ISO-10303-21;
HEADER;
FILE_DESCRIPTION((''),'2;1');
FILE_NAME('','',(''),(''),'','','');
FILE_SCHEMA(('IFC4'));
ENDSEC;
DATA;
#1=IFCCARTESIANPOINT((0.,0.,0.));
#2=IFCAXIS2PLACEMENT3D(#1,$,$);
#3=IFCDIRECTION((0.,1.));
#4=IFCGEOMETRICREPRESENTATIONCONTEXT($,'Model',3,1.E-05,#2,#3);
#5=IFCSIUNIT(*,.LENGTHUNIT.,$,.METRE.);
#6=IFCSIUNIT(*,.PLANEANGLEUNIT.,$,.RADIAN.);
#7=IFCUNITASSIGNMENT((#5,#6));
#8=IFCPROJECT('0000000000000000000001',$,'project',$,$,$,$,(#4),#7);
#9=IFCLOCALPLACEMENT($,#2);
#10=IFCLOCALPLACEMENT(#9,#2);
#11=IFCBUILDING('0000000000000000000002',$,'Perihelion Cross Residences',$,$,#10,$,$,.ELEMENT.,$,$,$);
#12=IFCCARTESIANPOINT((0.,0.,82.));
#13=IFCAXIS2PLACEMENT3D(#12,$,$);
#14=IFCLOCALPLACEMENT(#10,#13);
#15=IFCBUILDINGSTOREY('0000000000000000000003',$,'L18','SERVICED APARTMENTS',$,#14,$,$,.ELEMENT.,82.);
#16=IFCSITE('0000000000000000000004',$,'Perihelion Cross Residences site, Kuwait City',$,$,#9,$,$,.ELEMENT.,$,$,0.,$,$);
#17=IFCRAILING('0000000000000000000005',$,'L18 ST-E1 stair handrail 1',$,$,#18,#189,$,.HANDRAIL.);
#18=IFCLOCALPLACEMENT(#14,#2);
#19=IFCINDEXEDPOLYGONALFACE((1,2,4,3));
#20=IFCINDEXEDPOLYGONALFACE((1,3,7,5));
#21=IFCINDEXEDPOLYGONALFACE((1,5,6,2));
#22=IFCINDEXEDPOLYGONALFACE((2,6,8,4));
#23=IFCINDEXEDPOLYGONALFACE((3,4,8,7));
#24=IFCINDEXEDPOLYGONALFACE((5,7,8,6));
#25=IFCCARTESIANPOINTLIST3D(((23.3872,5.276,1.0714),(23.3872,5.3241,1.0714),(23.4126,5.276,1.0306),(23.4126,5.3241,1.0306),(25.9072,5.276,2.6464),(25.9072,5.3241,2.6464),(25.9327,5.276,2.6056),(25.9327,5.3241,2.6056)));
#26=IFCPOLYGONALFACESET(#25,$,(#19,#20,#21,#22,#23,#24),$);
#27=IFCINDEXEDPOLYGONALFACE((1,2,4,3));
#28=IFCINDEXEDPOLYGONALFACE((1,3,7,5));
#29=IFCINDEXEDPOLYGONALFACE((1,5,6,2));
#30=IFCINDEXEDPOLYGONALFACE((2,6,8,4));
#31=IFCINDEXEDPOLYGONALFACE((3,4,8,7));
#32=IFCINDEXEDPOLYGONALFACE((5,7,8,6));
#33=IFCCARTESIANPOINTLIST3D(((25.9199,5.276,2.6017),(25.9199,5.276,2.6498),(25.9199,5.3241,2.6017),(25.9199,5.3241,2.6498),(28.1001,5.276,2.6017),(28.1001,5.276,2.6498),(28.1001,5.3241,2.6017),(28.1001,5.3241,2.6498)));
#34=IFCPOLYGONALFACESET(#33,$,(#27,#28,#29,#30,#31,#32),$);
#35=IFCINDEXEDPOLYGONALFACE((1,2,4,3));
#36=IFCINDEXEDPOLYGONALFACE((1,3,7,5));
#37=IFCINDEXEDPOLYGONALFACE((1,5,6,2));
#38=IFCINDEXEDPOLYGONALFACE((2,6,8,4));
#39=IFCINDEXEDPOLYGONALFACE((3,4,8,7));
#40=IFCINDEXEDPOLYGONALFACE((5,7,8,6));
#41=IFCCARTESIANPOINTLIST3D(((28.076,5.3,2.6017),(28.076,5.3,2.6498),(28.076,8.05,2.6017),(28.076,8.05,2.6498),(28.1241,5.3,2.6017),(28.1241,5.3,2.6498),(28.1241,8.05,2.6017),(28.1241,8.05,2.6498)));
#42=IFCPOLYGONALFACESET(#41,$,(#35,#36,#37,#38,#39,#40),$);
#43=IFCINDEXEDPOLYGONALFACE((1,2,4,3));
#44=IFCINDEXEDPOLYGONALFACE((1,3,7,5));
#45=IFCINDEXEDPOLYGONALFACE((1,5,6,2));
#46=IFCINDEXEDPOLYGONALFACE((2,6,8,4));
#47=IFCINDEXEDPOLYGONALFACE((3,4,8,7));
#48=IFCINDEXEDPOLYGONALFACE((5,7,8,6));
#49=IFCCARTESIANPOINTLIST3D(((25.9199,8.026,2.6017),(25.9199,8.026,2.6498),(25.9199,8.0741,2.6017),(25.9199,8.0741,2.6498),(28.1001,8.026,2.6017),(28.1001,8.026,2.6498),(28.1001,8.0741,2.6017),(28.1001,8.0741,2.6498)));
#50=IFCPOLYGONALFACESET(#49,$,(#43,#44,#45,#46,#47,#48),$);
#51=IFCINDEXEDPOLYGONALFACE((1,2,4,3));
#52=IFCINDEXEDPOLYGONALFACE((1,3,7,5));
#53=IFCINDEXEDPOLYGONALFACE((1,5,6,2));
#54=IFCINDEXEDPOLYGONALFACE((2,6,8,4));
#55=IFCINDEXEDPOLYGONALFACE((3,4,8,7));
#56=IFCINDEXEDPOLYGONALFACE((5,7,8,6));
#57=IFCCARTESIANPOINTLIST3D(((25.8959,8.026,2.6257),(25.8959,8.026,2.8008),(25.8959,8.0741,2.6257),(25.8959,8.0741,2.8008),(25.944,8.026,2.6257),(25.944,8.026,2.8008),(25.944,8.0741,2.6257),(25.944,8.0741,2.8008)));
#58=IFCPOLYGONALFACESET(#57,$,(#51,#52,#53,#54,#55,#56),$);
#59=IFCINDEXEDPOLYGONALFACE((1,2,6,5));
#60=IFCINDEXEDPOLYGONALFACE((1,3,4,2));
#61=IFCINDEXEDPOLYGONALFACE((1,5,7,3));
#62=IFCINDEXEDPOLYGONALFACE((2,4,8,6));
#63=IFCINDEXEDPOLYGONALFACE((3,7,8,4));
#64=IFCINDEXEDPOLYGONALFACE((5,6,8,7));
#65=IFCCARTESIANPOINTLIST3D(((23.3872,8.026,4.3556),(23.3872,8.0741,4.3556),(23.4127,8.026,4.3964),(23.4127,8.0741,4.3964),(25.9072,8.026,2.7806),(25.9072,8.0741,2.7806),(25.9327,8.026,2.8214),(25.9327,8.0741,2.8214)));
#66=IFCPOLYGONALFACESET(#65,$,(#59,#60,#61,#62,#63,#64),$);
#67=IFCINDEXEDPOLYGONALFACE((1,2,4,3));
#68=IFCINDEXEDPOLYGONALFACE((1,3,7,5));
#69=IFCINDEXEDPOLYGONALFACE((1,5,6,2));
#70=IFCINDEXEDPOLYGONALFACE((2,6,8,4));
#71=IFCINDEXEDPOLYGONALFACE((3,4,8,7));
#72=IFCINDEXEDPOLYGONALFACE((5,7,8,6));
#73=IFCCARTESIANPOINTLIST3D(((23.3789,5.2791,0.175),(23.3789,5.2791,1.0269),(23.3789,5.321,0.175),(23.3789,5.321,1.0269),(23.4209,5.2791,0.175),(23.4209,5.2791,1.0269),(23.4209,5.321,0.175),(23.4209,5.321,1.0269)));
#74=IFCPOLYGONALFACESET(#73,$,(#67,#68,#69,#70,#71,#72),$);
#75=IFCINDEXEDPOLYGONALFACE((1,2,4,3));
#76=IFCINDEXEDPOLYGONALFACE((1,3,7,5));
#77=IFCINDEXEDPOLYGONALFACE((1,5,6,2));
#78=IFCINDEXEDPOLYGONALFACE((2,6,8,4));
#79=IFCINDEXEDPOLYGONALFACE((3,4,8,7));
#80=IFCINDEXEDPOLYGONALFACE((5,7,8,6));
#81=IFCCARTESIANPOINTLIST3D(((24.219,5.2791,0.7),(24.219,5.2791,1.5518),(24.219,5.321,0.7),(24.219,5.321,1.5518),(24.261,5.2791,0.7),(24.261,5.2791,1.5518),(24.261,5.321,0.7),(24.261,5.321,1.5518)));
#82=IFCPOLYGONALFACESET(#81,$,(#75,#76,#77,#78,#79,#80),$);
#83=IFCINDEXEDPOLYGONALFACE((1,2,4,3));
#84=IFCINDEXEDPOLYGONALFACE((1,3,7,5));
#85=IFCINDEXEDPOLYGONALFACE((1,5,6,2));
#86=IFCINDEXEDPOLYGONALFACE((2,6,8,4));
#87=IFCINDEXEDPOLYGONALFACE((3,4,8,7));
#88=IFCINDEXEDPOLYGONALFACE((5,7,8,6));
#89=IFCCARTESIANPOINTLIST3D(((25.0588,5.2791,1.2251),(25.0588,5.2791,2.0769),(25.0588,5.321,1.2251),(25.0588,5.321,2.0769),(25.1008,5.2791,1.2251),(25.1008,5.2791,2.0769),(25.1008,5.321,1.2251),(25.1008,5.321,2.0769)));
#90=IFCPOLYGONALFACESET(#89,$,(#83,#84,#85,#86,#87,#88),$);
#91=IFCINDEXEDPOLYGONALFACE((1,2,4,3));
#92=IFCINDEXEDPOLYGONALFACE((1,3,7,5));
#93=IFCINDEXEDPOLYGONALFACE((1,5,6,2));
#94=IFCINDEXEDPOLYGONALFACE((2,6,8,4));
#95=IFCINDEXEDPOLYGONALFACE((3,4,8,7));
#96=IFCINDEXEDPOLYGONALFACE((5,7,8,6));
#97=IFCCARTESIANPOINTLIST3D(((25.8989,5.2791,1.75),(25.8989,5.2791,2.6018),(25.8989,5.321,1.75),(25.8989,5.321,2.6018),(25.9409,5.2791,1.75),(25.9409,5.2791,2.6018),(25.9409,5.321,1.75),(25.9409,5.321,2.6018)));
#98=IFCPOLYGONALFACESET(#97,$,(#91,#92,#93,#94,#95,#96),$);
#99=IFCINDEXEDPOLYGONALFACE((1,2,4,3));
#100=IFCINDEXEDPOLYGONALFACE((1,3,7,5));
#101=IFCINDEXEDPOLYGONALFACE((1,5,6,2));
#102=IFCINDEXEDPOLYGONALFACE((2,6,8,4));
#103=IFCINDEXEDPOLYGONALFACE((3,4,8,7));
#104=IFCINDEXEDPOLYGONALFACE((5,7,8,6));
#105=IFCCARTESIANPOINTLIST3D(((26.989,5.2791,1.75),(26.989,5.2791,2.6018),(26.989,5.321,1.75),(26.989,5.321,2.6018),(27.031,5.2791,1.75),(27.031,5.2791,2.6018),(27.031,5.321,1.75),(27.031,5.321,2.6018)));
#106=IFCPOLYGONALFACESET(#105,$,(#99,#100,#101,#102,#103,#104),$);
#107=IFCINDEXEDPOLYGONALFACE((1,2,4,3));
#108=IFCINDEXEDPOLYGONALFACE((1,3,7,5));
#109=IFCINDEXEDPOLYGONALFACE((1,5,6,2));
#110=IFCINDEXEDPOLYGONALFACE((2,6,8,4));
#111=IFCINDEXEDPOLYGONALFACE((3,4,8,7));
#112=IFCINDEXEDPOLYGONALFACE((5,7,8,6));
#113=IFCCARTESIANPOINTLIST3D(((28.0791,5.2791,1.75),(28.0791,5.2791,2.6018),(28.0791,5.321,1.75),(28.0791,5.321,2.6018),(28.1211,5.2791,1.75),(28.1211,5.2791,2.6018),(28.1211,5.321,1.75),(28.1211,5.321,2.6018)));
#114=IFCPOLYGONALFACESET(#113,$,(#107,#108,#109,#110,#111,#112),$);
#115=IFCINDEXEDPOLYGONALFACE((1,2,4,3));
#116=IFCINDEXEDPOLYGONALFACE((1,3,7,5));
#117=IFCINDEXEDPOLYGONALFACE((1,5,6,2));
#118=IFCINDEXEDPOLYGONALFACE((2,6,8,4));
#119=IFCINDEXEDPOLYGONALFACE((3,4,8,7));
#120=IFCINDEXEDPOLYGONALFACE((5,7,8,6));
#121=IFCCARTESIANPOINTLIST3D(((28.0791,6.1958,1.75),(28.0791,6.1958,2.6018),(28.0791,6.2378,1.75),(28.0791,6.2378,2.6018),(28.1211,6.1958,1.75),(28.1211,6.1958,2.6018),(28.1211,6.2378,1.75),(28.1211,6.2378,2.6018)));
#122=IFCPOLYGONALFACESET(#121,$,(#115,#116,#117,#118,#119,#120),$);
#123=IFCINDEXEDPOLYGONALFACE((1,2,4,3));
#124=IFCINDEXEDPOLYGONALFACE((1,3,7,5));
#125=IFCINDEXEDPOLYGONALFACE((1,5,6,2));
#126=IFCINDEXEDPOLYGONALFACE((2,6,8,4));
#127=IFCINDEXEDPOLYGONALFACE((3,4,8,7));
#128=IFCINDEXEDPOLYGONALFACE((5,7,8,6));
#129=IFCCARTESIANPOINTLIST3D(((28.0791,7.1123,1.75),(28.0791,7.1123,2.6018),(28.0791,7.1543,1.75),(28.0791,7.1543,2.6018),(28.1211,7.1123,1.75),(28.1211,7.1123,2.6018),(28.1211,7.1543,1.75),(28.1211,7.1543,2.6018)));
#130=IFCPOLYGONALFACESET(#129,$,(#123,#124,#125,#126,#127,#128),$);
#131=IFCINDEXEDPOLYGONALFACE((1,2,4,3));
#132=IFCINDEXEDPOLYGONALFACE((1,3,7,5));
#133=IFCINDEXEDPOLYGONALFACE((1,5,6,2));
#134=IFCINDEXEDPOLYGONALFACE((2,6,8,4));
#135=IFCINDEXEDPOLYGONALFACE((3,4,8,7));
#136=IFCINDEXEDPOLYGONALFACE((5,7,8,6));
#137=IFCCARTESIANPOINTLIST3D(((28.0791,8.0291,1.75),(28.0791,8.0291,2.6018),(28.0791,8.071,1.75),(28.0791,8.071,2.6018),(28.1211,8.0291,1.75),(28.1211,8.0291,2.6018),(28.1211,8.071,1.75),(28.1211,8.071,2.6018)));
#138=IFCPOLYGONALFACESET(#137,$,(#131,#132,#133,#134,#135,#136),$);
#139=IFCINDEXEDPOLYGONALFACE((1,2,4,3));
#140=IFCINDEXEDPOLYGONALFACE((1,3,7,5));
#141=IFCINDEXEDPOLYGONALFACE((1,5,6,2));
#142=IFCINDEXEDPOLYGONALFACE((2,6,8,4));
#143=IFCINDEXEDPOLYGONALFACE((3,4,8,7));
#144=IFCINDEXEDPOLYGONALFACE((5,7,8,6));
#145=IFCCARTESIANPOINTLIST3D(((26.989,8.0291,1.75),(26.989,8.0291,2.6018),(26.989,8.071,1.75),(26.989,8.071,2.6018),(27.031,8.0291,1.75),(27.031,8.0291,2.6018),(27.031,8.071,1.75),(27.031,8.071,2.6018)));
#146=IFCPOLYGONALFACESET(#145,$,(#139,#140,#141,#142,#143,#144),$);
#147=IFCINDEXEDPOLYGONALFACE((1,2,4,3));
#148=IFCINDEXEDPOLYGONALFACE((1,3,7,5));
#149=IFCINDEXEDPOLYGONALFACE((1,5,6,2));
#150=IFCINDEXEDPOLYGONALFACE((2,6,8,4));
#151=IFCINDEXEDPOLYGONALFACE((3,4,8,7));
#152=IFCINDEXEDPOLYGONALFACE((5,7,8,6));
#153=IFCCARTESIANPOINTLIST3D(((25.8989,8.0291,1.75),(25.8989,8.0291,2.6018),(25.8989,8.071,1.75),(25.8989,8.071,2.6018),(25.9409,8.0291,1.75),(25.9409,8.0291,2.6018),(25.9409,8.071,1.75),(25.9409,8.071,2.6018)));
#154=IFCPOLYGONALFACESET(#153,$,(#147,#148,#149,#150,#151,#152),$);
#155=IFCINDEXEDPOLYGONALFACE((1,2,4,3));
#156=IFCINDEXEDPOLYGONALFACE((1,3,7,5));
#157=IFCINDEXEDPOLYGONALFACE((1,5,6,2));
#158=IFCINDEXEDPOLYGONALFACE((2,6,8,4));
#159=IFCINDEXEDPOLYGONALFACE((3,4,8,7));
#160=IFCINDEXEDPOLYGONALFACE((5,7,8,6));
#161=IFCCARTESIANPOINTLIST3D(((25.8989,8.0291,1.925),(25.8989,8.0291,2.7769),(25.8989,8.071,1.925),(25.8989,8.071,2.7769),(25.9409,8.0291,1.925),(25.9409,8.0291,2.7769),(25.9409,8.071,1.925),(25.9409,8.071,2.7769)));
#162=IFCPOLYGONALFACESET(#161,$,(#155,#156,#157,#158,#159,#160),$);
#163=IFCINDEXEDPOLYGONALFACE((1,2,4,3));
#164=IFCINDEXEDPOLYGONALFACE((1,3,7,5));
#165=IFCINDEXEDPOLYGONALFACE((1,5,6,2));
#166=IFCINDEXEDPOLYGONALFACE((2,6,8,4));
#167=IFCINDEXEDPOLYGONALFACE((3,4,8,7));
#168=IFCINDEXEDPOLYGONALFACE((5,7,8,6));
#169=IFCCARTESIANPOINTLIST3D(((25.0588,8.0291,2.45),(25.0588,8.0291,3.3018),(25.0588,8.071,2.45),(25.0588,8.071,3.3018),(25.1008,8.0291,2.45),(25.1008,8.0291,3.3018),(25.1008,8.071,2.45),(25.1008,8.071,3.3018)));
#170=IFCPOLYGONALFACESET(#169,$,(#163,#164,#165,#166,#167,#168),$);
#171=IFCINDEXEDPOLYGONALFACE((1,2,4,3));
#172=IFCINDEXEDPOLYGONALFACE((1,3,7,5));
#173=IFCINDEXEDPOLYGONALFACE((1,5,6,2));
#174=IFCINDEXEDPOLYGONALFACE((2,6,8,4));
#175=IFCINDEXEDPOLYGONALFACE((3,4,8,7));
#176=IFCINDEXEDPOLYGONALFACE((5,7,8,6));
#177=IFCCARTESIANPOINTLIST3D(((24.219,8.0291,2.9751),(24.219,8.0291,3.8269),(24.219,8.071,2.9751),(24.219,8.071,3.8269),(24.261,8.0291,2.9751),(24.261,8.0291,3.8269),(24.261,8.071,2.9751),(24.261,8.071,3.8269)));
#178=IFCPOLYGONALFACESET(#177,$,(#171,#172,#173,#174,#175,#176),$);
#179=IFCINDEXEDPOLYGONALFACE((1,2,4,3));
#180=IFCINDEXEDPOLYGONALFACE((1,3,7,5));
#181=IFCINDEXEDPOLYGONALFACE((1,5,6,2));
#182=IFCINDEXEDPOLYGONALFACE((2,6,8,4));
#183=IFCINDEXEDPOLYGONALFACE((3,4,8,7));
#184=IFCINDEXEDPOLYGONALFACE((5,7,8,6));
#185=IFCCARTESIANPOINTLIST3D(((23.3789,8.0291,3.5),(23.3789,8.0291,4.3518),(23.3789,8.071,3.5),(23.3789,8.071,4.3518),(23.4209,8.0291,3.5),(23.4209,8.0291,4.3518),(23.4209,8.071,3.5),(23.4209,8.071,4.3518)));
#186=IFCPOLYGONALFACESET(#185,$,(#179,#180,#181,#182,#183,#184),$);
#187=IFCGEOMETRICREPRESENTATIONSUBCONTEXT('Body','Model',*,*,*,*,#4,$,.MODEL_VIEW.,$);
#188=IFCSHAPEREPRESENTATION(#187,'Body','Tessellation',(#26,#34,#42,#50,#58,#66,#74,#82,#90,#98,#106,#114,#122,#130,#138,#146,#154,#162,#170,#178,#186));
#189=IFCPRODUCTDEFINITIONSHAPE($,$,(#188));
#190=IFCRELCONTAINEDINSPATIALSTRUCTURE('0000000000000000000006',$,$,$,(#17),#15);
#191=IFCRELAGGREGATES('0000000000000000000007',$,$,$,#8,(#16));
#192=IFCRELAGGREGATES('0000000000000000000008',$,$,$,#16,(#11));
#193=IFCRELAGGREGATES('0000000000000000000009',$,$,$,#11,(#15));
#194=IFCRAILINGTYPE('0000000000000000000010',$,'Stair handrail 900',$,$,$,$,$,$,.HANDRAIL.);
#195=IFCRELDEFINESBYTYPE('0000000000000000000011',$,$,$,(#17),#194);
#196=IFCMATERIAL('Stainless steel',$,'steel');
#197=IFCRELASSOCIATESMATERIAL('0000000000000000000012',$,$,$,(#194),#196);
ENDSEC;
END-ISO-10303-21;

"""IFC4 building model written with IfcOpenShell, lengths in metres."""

from ifc_helpers import new_model, si_unit, direction, frame, origin, origin_2d, place, context, subcontext, project, spatial, rectangle, extrude, material, type_object, element, save


model = new_model("IFC4")

# Units and contexts
model_context = context("Model", 3, precision=1e-05, world=origin(), true_north=direction((0.0, 1.0)))
body_context = subcontext(model_context, "Body", "Model", "MODEL_VIEW")
ifc_project = project(units=[si_unit("LENGTHUNIT", "METRE"), si_unit("PLANEANGLEUNIT", "RADIAN")], contexts=[model_context])

# Site, building, storey
site_placement = place(None, origin())
site = spatial("IfcSite", under=ifc_project, at=site_placement, Name="Perihelion Cross Residences site, Kuwait City", CompositionType="ELEMENT", RefElevation=0.0)
building_placement = place(site_placement, origin())
building = spatial("IfcBuilding", under=site, at=building_placement, Name="Perihelion Cross Residences", CompositionType="ELEMENT")
storey_placement = place(building_placement, frame((0.0, 0.0, 82.0)))
storey = spatial("IfcBuildingStorey", under=building, at=storey_placement, Name="L18", Description="SERVICED APARTMENTS", CompositionType="ELEMENT", Elevation=82.0)

# Railing
ifc_material_1 = material(Name="Stainless steel", Category="steel")
railing_type = type_object("IfcRailingType", Name="Stair handrail 900", PredefinedType="HANDRAIL", material=ifc_material_1)
railing_placement = place(storey_placement, frame((23.3999, 5.3, 0.175)))
element("IfcRailing", 1, at=railing_placement, inside=storey, type_object=railing_type, Name="L18 ST-E1 stair handrail 1", PredefinedType="HANDRAIL", context=body_context, shape_type="SweptSolid", body=[
    extrude(rectangle(XDim=0.0481, YDim=0.0481, at=origin_2d()), frame((0.0, 0.0, 0.876), z_axis=(0.848008, 0.0, 0.529984), x_axis=(0.0, 1.0, 0.0)), (0.0, 0.0, 1.0), 2.9717),
    extrude(rectangle(XDim=0.0481, YDim=0.0481, at=origin_2d()), frame((2.52, 0.0, 2.4507), z_axis=(1.0, 0.0, 0.0), x_axis=(0.0, 1.0, 0.0)), (0.0, 0.0, 1.0), 2.1802),
    extrude(rectangle(XDim=0.0481, YDim=0.0481, at=origin_2d()), frame((4.7002, 0.0, 2.4507), z_axis=(0.0, 1.0, 0.0), x_axis=(-1.0, 0.0, 0.0)), (0.0, 0.0, 1.0), 2.75),
    extrude(rectangle(XDim=0.0481, YDim=0.0481, at=origin_2d()), frame((4.7002, 2.75, 2.4507), z_axis=(-1.0, 0.0, 0.0), x_axis=(0.0, -1.0, 0.0)), (0.0, 0.0, 1.0), 2.1802),
    extrude(rectangle(XDim=0.0481, YDim=0.0481, at=origin_2d()), frame((2.52, 2.75, 2.4507), z_axis=(0.0, 0.0, 1.0), x_axis=(1.0, 0.0, 0.0)), (0.0, 0.0, 1.0), 0.175),
    extrude(rectangle(XDim=0.0481, YDim=0.0481, at=origin_2d()), frame((2.52, 2.75, 2.626), z_axis=(-0.848008, 0.0, 0.529984), x_axis=(0.0, -1.0, 0.0)), (0.0, 0.0, 1.0), 2.9717),
    extrude(rectangle(XDim=0.042, YDim=0.042, at=origin_2d()), origin(), (0.0, 0.0, 1.0), 0.8518),
    extrude(rectangle(XDim=0.042, YDim=0.042, at=origin_2d()), frame((0.8401, 0.0, 0.5249)), (0.0, 0.0, 1.0), 0.8518),
    extrude(rectangle(XDim=0.042, YDim=0.042, at=origin_2d()), frame((1.6799, 0.0, 1.05)), (0.0, 0.0, 1.0), 0.8518),
    extrude(rectangle(XDim=0.042, YDim=0.042, at=origin_2d()), frame((2.52, 0.0, 1.575)), (0.0, 0.0, 1.0), 0.8518),
    extrude(rectangle(XDim=0.042, YDim=0.042, at=origin_2d()), frame((3.6101, 0.0, 1.575)), (0.0, 0.0, 1.0), 0.8518),
    extrude(rectangle(XDim=0.042, YDim=0.042, at=origin_2d()), frame((4.7002, 0.0, 1.575)), (0.0, 0.0, 1.0), 0.8518),
    extrude(rectangle(XDim=0.042, YDim=0.042, at=origin_2d()), frame((4.7002, 0.9167, 1.575)), (0.0, 0.0, 1.0), 0.8518),
    extrude(rectangle(XDim=0.042, YDim=0.042, at=origin_2d()), frame((4.7002, 1.8333, 1.575)), (0.0, 0.0, 1.0), 0.8518),
    extrude(rectangle(XDim=0.042, YDim=0.042, at=origin_2d()), frame((4.7002, 2.75, 1.575)), (0.0, 0.0, 1.0), 0.8518),
    extrude(rectangle(XDim=0.042, YDim=0.042, at=origin_2d()), frame((3.6101, 2.75, 1.575)), (0.0, 0.0, 1.0), 0.8518),
    extrude(rectangle(XDim=0.042, YDim=0.042, at=origin_2d()), frame((2.52, 2.75, 1.575)), (0.0, 0.0, 1.0), 0.8518),
    extrude(rectangle(XDim=0.042, YDim=0.042, at=origin_2d()), frame((2.52, 2.75, 1.75)), (0.0, 0.0, 1.0), 0.8518),
    extrude(rectangle(XDim=0.042, YDim=0.042, at=origin_2d()), frame((1.6799, 2.75, 2.2749)), (0.0, 0.0, 1.0), 0.8518),
    extrude(rectangle(XDim=0.042, YDim=0.042, at=origin_2d()), frame((0.8401, 2.75, 2.8)), (0.0, 0.0, 1.0), 0.8518),
    extrude(rectangle(XDim=0.042, YDim=0.042, at=origin_2d()), frame((0.0, 2.75, 3.325)), (0.0, 0.0, 1.0), 0.8518),
])

save(model, "model.ifc")
